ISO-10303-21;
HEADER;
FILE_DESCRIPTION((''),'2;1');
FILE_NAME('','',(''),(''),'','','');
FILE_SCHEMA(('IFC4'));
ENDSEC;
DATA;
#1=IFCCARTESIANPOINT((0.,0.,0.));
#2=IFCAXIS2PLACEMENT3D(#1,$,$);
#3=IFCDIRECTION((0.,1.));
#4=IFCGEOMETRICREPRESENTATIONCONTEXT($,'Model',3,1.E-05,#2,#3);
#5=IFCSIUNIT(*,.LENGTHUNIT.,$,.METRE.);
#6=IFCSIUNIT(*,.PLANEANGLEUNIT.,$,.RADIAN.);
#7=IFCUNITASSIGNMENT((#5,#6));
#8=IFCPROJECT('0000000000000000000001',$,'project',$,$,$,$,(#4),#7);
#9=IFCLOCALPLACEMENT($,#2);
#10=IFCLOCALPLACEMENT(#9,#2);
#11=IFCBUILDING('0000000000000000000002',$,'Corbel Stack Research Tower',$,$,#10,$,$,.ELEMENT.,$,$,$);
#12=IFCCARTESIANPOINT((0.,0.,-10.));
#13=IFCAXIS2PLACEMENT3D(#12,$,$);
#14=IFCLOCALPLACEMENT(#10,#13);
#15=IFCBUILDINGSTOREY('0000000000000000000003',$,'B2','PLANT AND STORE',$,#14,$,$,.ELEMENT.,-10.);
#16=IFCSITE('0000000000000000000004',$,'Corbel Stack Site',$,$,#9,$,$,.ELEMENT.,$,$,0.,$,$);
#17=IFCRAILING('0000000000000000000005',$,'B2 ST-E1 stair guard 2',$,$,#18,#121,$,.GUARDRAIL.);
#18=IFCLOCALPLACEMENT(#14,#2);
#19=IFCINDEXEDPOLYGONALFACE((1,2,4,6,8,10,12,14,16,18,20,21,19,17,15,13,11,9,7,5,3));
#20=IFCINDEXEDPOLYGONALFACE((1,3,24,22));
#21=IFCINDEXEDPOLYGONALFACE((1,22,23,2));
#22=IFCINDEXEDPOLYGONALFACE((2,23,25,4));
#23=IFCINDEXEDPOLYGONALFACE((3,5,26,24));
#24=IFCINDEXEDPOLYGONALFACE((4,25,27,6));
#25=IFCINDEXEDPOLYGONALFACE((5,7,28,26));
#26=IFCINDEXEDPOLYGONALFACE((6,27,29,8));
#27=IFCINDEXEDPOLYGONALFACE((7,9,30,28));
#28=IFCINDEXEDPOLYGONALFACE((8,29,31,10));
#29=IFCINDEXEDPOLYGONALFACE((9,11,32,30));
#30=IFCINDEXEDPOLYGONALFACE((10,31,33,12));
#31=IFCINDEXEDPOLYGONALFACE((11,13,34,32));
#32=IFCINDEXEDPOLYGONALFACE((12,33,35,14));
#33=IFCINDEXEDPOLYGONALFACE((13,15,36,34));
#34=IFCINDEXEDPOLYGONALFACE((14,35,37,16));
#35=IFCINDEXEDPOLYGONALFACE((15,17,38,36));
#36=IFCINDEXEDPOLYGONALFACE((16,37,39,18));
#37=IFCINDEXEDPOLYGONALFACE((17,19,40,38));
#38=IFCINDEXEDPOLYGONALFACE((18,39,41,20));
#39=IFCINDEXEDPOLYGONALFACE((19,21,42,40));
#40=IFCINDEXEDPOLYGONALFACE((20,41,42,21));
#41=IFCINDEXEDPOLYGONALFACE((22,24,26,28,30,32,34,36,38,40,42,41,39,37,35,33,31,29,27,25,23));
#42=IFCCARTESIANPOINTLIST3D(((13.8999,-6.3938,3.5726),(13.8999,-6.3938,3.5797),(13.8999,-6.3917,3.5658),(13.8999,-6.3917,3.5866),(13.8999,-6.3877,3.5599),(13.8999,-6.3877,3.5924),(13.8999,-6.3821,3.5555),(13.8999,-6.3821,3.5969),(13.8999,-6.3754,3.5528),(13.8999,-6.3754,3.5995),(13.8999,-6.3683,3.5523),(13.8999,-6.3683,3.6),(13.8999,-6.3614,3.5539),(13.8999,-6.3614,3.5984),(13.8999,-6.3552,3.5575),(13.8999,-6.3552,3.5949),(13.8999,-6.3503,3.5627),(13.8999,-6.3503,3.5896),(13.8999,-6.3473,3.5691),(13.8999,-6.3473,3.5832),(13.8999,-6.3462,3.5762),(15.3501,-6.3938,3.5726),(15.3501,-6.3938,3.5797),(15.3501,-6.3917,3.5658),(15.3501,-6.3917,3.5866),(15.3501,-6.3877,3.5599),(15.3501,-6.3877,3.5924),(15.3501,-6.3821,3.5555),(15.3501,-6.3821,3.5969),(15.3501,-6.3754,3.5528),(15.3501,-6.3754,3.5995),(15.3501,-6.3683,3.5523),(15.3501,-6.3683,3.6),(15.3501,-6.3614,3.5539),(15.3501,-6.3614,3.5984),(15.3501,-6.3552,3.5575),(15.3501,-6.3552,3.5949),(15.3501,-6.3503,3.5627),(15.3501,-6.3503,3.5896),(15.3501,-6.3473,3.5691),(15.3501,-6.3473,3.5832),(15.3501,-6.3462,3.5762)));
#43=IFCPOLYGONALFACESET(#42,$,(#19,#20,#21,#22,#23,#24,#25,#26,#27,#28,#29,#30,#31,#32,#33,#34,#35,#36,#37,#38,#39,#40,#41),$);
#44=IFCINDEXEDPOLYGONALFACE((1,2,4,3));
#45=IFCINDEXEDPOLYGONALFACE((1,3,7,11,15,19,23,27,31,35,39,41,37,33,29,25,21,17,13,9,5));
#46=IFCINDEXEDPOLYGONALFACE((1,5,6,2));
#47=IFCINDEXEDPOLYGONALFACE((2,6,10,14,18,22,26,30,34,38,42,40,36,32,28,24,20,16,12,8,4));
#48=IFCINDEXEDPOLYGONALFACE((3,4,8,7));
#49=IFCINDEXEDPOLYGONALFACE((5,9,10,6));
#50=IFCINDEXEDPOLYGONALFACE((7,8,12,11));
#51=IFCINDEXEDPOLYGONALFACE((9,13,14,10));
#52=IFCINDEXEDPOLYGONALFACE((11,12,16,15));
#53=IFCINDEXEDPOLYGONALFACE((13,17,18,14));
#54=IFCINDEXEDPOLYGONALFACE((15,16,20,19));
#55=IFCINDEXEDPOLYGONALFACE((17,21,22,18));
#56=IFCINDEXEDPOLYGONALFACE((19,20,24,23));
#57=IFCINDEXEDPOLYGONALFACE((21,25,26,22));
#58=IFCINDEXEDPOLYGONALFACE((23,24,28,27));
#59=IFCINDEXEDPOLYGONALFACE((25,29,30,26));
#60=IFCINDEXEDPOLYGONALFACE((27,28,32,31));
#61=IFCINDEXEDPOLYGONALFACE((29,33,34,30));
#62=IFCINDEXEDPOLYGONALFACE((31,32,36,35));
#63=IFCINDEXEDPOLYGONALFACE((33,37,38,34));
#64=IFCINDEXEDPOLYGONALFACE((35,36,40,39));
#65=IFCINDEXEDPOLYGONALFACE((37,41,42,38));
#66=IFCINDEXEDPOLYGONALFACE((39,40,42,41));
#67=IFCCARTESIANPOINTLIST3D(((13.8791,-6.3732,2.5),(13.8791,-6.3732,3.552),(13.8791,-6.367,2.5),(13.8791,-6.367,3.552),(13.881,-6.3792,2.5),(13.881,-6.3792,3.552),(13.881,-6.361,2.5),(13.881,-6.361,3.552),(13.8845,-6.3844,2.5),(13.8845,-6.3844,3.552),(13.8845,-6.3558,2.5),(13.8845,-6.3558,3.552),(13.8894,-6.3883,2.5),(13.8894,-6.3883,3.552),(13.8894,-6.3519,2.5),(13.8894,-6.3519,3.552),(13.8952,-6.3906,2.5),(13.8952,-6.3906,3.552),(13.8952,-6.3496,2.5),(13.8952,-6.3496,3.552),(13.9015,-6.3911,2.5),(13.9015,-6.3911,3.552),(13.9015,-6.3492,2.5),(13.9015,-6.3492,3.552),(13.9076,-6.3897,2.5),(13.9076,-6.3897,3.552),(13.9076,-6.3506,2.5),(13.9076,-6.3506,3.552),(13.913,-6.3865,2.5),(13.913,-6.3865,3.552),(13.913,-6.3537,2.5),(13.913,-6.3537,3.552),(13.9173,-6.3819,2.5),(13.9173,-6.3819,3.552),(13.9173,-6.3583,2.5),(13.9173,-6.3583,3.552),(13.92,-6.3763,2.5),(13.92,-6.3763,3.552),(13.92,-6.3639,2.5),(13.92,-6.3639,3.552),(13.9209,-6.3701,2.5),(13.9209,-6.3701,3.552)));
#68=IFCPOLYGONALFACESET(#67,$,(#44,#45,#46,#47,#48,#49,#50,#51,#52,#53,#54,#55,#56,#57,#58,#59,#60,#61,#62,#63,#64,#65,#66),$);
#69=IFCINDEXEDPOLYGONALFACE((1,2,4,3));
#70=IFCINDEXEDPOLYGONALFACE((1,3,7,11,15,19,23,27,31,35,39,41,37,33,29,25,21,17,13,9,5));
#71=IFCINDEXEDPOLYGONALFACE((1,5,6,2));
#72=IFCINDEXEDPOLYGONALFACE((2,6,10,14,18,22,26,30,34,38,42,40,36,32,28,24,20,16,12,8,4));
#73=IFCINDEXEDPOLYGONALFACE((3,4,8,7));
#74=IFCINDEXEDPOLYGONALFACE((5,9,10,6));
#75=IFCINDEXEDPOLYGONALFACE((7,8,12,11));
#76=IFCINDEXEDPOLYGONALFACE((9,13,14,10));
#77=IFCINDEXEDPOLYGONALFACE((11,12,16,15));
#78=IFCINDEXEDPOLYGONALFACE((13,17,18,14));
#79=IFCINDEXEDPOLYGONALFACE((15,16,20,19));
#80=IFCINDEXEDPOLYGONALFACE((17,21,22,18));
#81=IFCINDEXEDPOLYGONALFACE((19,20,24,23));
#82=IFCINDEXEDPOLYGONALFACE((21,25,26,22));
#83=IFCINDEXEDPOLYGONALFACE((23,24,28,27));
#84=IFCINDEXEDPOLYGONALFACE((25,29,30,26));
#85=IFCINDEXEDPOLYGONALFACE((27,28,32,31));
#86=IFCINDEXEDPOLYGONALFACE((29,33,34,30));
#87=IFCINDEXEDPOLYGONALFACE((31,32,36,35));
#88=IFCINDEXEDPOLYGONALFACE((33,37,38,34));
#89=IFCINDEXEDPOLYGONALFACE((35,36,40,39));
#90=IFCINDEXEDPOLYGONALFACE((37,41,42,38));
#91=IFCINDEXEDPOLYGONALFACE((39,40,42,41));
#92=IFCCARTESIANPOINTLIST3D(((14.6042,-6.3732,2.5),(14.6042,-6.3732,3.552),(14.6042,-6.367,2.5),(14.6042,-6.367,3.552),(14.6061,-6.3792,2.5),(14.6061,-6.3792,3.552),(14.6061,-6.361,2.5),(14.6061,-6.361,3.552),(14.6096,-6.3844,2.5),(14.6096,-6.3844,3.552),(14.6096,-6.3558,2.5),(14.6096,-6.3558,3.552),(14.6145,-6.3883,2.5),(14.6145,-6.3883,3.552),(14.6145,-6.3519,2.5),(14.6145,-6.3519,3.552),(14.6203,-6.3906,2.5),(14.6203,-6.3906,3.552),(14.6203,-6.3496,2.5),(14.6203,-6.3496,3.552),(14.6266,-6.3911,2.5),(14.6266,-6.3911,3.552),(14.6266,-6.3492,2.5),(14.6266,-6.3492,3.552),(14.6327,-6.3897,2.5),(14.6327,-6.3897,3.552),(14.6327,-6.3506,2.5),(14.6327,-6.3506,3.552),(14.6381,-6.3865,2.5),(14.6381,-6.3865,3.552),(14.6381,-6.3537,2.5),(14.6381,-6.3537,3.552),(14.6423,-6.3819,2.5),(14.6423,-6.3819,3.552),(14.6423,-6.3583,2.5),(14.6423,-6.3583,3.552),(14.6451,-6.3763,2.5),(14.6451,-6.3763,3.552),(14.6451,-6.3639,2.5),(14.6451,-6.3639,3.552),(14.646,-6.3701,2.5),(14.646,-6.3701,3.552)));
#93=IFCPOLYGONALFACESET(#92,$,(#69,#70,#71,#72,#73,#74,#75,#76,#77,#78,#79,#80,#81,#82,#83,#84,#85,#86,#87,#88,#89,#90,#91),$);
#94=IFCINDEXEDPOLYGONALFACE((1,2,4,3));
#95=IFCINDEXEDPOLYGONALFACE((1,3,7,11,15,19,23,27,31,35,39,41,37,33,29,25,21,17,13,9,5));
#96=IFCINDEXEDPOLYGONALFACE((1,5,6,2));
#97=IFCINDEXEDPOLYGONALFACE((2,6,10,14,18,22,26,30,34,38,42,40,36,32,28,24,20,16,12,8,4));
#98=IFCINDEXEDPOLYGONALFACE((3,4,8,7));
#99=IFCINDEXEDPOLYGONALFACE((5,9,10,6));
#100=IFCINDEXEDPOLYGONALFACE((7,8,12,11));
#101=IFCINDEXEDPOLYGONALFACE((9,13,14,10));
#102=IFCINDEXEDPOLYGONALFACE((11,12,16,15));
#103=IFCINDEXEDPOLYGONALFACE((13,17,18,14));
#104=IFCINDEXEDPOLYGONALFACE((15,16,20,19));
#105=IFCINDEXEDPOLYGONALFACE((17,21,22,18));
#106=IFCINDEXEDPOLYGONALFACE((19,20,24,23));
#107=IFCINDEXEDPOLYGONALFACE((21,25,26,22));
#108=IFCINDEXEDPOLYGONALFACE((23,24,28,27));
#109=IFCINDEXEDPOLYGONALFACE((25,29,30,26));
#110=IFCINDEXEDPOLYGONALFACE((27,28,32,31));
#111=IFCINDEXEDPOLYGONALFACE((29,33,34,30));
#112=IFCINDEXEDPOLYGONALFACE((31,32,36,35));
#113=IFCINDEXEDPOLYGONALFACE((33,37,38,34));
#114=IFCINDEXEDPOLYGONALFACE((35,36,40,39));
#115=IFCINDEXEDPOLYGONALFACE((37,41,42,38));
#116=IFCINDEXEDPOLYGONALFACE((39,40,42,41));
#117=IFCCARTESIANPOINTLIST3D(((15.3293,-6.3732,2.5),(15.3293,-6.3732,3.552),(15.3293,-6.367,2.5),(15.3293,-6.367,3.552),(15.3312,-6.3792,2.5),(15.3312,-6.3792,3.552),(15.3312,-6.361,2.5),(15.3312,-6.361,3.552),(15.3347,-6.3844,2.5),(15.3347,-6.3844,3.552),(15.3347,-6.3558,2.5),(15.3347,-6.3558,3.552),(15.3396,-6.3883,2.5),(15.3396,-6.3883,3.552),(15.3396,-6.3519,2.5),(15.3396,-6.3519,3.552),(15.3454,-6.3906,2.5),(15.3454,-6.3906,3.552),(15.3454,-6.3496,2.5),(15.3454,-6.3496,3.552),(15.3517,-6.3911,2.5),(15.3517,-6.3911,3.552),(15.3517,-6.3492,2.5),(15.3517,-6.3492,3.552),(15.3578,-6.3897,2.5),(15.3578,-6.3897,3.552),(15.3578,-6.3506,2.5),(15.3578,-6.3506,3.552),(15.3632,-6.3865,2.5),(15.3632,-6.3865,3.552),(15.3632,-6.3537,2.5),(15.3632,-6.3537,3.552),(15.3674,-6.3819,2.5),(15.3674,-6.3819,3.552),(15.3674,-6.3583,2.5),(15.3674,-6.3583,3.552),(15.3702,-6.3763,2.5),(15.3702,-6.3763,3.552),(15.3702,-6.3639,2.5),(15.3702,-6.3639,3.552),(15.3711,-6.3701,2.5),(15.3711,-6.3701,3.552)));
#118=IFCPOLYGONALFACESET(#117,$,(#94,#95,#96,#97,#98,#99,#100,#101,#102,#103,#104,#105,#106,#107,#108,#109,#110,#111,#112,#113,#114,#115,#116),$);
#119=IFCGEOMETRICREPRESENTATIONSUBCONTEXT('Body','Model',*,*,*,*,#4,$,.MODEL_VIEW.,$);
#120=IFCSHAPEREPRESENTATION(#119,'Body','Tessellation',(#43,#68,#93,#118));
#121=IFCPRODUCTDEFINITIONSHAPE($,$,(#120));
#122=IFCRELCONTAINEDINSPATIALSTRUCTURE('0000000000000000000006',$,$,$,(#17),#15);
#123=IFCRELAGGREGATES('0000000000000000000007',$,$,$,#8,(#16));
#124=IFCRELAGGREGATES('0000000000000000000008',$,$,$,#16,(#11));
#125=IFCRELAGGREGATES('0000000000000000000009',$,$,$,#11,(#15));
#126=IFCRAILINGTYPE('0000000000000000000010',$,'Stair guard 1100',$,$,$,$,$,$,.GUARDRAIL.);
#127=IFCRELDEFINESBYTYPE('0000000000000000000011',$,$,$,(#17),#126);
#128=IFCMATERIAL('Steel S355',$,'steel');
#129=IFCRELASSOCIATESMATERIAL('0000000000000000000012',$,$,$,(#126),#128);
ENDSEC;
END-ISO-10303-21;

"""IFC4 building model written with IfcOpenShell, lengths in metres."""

from ifc_helpers import new_model, si_unit, direction, frame, origin, origin_2d, place, context, subcontext, project, spatial, circle, extrude, material, type_object, element, save


model = new_model("IFC4")

# Units and contexts
model_context = context("Model", 3, precision=1e-05, world=origin(), true_north=direction((0.0, 1.0)))
body_context = subcontext(model_context, "Body", "Model", "MODEL_VIEW")
ifc_project = project(units=[si_unit("LENGTHUNIT", "METRE"), si_unit("PLANEANGLEUNIT", "RADIAN")], contexts=[model_context])

# Site, building, storey
site_placement = place(None, origin())
site = spatial("IfcSite", under=ifc_project, at=site_placement, Name="Corbel Stack Site", CompositionType="ELEMENT", RefElevation=0.0)
building_placement = place(site_placement, origin())
building = spatial("IfcBuilding", under=site, at=building_placement, Name="Corbel Stack Research Tower", CompositionType="ELEMENT")
storey_placement = place(building_placement, frame((0.0, 0.0, -10.0)))
storey = spatial("IfcBuildingStorey", under=building, at=storey_placement, Name="B2", Description="PLANT AND STORE", CompositionType="ELEMENT", Elevation=-10.0)

# Railing
ifc_material_1 = material(Name="Steel S355", Category="steel")
railing_type_1 = type_object("IfcRailingType", Name="Stair guard 1100", PredefinedType="GUARDRAIL", material=ifc_material_1)
railing_1_placement = place(storey_placement, frame((13.8999, -6.3701, 2.5)))
element("IfcRailing", 1, at=railing_1_placement, inside=storey, type_object=railing_type_1, Name="B2 ST-E1 stair guard 2", PredefinedType="GUARDRAIL", context=body_context, shape_type="SweptSolid", body=[
    extrude(circle(Radius=0.0239, at=origin_2d()), frame((0.0, 0.0, 1.0762), z_axis=(1.0, 0.0, 0.0), x_axis=(0.0, 1.0, 0.0)), (0.0, 0.0, 1.0), 1.4502),
    extrude(circle(Radius=0.021, at=origin_2d()), origin(), (0.0, 0.0, 1.0), 1.052),
    extrude(circle(Radius=0.021, at=origin_2d()), frame((0.7251, 0.0, 0.0)), (0.0, 0.0, 1.0), 1.052),
    extrude(circle(Radius=0.021, at=origin_2d()), frame((1.4502, 0.0, 0.0)), (0.0, 0.0, 1.0), 1.052),
])

save(model, "model.ifc")
